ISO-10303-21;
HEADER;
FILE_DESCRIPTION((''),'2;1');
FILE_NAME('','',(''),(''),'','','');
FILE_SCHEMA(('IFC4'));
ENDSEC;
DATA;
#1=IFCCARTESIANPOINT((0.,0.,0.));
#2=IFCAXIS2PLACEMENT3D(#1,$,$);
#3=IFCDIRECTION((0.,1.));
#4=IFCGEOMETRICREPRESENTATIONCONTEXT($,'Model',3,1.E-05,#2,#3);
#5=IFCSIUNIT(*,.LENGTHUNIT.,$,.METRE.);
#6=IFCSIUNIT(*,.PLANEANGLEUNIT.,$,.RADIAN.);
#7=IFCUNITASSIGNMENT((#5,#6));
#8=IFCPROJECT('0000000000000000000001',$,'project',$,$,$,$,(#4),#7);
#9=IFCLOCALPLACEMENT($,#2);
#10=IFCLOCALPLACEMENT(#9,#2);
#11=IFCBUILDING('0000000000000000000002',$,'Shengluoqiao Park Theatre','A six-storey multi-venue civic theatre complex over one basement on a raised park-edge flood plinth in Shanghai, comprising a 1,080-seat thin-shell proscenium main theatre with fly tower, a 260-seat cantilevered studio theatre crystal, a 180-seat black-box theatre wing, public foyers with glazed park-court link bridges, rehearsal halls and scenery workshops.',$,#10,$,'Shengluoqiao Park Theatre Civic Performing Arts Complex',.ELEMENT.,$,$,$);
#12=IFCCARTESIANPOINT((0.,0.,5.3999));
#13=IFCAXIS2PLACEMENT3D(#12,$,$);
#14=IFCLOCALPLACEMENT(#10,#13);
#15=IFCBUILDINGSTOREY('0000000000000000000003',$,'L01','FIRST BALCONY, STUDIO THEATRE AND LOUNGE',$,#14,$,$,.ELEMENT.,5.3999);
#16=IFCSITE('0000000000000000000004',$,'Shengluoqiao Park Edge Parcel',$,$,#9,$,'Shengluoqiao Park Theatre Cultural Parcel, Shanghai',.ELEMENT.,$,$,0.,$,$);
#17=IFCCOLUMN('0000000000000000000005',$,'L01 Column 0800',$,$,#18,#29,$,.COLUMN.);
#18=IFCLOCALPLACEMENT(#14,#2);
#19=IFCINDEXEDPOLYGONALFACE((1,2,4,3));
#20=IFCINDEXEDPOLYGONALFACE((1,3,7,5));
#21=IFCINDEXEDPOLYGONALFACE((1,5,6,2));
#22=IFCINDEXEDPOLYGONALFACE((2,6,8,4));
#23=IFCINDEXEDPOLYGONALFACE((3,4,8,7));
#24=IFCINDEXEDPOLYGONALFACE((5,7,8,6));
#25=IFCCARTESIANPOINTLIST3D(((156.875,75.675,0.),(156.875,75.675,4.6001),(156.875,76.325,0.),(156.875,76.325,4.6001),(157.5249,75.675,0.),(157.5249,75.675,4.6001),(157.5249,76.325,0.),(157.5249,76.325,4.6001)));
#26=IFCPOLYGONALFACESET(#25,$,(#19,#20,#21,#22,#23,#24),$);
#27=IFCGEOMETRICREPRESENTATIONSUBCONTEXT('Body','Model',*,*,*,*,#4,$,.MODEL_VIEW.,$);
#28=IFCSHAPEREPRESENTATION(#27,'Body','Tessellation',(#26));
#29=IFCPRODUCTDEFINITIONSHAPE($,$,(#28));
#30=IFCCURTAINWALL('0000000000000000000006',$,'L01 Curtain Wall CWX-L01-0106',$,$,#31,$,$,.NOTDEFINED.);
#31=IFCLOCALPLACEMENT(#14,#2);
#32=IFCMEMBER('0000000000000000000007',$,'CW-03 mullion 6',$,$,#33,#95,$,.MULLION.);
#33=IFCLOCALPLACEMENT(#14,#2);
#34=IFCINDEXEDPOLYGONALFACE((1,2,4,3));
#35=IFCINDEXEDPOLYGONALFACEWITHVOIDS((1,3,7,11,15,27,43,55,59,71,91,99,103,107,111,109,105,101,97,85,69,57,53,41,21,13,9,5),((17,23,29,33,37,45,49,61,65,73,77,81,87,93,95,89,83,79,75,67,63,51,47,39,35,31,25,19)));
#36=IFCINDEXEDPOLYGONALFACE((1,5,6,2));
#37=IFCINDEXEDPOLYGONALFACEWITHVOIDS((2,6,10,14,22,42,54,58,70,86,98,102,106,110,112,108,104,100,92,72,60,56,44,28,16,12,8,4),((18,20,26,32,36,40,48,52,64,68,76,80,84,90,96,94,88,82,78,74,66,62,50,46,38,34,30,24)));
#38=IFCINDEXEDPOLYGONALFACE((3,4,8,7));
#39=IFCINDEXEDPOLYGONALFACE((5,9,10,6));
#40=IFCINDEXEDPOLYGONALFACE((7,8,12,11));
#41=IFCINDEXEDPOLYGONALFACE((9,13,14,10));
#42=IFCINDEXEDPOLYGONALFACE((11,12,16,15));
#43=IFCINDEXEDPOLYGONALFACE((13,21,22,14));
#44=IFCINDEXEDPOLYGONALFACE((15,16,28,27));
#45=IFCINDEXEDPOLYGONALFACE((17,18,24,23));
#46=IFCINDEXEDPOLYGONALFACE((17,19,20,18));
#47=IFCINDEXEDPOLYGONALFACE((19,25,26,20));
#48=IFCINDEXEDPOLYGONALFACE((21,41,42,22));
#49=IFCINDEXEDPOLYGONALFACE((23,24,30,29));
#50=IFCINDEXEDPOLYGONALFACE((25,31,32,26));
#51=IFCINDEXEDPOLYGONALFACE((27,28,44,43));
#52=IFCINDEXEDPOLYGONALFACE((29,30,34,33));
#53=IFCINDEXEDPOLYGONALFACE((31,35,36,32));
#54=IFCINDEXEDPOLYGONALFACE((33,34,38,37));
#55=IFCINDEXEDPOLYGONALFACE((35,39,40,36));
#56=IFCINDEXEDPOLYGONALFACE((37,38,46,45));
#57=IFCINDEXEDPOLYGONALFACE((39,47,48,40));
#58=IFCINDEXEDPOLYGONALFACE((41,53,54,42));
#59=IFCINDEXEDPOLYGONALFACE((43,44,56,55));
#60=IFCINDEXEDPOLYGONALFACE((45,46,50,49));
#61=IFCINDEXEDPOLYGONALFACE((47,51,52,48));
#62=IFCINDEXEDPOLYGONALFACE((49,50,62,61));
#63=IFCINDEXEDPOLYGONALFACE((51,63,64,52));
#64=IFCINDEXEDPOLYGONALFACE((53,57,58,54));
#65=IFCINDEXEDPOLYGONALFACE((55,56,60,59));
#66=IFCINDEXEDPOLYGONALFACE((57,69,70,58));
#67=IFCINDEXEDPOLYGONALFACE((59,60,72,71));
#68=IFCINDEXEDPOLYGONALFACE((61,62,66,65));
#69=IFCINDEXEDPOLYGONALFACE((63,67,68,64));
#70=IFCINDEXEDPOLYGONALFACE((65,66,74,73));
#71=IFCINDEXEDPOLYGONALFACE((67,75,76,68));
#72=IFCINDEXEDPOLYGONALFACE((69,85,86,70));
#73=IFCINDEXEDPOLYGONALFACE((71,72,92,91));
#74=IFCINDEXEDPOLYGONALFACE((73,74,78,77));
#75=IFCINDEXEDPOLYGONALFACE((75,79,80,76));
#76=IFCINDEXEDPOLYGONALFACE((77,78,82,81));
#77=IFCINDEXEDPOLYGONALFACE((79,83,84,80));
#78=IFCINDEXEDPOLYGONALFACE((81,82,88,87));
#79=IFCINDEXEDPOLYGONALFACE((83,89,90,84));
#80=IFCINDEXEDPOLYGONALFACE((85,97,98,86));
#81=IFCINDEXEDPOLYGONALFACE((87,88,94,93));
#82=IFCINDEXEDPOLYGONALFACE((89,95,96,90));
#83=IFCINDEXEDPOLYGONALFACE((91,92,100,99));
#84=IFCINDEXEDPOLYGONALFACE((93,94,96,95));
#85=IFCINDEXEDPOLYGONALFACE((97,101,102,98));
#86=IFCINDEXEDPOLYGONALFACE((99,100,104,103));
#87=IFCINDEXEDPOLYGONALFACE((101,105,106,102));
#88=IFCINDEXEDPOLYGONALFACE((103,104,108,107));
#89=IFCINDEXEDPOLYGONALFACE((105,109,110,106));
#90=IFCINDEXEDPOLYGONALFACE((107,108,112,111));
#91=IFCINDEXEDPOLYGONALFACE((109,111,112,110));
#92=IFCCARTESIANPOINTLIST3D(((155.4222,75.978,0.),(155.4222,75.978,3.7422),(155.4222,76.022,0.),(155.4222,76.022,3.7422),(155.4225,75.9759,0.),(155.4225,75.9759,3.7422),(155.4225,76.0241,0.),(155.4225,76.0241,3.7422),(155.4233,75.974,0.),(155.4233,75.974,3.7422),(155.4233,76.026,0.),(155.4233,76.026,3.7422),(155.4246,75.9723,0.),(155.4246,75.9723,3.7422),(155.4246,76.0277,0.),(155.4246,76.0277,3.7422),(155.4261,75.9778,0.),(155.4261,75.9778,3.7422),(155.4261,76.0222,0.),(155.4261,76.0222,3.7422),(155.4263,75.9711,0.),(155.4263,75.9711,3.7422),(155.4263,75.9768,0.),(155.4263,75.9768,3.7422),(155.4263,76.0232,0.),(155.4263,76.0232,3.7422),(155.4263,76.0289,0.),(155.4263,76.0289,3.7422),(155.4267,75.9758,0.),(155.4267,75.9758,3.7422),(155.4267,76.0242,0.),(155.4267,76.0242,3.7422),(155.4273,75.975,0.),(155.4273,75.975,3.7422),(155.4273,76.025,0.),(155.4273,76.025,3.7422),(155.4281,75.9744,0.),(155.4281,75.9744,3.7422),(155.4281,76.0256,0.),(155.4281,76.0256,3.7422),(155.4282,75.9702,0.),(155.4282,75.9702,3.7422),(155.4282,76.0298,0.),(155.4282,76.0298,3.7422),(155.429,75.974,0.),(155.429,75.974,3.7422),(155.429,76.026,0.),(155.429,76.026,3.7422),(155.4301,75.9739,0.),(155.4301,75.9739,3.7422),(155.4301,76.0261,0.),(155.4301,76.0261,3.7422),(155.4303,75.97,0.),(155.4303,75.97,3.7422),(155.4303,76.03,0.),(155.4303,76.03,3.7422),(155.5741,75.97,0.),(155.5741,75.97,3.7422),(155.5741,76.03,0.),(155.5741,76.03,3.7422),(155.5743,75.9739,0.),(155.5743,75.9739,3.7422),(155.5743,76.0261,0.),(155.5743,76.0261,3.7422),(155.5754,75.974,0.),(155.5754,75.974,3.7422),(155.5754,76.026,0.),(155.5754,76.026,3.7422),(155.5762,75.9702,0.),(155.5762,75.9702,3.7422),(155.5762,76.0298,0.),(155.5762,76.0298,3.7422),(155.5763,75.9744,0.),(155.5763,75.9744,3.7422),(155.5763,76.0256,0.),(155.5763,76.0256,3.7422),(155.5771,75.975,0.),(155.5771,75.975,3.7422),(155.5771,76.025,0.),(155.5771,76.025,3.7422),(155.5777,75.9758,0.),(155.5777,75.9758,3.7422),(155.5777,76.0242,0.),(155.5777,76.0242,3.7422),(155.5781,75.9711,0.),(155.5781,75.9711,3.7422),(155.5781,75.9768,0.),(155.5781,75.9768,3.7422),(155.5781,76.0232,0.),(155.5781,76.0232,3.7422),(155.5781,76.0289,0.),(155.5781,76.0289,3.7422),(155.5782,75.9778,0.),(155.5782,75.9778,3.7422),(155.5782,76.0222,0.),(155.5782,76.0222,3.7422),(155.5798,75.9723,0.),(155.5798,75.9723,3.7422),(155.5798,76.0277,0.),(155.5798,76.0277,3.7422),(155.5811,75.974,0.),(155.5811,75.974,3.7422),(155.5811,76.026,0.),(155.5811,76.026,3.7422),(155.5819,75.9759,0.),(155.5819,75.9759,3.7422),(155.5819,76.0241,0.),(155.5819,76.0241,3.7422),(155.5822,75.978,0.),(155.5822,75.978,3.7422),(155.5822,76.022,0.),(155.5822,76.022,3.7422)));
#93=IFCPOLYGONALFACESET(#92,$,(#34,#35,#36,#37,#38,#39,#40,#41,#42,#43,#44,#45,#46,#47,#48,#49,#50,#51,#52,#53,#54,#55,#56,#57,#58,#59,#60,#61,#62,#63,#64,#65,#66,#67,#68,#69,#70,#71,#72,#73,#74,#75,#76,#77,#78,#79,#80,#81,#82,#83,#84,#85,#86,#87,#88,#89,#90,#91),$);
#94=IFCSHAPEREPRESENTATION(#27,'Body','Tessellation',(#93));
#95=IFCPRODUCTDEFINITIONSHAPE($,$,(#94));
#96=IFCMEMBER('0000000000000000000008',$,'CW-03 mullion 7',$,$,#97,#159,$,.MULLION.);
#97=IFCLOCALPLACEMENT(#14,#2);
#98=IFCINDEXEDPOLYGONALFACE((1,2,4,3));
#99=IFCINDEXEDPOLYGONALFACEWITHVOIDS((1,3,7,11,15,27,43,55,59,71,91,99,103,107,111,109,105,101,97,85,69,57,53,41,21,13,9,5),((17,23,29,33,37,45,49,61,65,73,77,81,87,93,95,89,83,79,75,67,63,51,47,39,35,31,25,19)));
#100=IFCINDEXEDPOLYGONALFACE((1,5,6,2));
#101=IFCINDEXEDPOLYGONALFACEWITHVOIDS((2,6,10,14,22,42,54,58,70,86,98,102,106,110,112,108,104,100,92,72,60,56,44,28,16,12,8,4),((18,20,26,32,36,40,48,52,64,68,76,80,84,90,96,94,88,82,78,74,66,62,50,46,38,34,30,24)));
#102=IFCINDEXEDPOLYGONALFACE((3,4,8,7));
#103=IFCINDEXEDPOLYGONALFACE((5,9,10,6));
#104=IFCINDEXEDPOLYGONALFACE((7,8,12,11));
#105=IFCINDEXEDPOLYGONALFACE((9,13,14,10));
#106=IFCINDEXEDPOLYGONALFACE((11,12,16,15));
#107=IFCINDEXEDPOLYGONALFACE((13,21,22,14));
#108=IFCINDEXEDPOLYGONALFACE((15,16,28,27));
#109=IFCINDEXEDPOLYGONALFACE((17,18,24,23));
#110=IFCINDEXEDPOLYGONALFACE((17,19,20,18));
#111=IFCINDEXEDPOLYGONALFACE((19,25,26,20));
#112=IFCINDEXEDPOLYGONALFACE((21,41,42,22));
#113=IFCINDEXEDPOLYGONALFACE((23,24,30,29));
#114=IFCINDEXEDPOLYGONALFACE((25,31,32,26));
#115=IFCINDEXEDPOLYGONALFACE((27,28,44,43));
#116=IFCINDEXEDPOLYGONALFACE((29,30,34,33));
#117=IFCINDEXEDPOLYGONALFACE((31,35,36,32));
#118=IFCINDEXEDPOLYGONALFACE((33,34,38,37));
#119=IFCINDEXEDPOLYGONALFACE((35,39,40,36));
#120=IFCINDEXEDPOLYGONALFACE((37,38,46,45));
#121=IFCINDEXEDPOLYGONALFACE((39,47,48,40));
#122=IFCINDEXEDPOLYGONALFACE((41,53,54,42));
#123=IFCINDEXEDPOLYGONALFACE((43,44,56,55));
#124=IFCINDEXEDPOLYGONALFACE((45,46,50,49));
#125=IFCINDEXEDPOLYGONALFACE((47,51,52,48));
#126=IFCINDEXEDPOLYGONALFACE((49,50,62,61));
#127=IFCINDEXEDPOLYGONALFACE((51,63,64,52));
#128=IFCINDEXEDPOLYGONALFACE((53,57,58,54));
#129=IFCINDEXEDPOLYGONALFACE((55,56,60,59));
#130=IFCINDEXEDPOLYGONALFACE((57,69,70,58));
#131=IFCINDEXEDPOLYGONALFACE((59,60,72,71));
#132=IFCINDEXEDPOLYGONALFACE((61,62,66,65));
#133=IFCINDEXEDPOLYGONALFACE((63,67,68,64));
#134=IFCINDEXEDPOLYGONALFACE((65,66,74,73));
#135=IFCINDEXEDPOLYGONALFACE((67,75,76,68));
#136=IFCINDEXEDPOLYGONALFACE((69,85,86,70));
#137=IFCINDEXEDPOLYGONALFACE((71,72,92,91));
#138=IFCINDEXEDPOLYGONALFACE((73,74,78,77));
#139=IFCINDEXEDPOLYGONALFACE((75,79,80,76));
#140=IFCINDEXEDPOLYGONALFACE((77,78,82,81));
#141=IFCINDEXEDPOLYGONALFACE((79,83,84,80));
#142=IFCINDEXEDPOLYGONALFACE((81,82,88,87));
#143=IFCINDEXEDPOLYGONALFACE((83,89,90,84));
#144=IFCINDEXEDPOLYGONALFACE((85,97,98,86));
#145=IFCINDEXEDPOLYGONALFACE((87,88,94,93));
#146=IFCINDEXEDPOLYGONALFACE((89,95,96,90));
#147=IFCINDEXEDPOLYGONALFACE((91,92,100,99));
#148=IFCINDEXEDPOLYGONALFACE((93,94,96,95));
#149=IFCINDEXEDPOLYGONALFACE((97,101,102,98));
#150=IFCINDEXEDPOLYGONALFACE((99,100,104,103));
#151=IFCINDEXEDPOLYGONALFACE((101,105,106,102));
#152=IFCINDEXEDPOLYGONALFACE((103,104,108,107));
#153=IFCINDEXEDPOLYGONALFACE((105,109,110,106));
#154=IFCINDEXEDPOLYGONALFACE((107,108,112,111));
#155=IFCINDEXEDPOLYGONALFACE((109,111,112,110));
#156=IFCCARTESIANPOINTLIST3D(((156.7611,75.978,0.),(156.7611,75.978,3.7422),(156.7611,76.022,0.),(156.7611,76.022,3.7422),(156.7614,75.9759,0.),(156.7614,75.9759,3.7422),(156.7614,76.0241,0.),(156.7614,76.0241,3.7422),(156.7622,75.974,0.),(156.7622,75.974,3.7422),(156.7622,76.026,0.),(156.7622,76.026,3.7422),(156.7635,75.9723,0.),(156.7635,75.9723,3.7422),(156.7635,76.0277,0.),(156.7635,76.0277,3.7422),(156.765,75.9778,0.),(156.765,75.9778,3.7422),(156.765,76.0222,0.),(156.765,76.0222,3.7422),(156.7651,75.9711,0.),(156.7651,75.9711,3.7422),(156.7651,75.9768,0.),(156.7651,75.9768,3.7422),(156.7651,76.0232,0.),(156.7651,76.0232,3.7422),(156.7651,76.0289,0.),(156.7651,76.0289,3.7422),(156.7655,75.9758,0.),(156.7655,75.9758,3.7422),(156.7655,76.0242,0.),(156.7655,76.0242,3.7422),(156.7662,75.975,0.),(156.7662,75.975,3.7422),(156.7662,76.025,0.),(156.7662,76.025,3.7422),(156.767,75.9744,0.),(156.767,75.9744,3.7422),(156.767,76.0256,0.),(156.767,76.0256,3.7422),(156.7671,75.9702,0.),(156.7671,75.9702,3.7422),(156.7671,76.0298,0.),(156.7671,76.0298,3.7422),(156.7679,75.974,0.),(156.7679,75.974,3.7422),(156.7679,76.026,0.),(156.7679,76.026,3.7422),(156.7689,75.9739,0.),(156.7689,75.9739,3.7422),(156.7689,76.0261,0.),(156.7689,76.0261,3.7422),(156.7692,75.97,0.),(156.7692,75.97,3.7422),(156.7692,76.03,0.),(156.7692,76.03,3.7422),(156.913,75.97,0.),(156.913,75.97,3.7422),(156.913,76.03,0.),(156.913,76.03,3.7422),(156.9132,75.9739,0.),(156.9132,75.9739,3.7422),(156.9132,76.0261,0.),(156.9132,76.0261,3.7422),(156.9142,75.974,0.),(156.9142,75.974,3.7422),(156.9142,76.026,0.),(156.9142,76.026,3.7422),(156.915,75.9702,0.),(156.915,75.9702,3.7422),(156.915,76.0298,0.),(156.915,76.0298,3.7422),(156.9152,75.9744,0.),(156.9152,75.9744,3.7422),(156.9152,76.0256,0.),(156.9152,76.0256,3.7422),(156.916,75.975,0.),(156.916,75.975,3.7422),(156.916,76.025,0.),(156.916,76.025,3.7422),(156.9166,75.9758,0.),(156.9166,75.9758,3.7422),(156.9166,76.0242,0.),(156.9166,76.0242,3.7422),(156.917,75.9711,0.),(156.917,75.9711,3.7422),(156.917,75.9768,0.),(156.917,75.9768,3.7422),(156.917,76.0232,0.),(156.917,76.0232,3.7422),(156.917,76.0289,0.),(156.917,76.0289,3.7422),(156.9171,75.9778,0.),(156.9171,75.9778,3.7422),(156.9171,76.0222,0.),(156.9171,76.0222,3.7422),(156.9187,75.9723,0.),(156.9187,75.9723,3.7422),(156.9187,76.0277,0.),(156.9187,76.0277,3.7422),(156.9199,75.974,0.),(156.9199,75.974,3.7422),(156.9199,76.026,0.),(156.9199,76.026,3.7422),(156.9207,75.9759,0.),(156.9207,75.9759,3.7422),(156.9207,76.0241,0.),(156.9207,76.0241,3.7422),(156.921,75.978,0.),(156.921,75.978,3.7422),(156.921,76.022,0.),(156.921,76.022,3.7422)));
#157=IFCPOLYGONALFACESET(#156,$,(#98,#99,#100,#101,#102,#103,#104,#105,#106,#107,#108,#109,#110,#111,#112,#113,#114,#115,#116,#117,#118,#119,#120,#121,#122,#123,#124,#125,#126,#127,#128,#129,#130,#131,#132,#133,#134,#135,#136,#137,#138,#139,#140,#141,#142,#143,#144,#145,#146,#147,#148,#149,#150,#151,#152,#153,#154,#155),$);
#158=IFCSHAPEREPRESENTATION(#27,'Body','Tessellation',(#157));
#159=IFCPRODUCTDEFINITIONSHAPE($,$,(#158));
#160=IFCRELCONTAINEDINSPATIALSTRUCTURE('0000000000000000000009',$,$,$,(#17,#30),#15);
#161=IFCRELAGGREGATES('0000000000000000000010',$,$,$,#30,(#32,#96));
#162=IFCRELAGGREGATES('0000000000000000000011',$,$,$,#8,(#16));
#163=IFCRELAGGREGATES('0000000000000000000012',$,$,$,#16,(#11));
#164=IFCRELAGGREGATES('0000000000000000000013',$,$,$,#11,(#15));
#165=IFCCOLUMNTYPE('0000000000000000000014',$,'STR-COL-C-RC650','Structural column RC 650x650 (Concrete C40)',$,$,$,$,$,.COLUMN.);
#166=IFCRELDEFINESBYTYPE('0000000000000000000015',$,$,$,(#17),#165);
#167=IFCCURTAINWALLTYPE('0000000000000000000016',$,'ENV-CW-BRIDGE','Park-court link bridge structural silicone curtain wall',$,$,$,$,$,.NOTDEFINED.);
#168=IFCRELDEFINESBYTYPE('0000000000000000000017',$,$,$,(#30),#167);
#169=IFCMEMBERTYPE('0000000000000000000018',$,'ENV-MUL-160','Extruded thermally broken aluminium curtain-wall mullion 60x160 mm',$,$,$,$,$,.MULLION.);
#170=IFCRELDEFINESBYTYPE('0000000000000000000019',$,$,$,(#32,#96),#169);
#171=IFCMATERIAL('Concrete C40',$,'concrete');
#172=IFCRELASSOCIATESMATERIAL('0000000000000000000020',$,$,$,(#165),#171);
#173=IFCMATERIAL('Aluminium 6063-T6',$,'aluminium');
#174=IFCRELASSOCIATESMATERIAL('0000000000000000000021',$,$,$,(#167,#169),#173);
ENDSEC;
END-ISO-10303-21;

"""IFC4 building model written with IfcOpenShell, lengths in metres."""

from ifc_helpers import new_model, si_unit, direction, frame, origin, origin_2d, place, context, subcontext, project, spatial, rectangle, hollow_rectangle, extrude, material, material_profile, profile_set, type_object, element, aggregate, save


model = new_model("IFC4")

# Units and contexts
model_context = context("Model", 3, precision=1e-05, world=origin(), true_north=direction((0.0, 1.0)))
body_context = subcontext(model_context, "Body", "Model", "MODEL_VIEW")
ifc_project = project(units=[si_unit("LENGTHUNIT", "METRE"), si_unit("PLANEANGLEUNIT", "RADIAN")], contexts=[model_context])

# Site, building, storey
site_placement = place(None, origin())
site = spatial("IfcSite", under=ifc_project, at=site_placement, Name="Shengluoqiao Park Edge Parcel", LongName="Shengluoqiao Park Theatre Cultural Parcel, Shanghai", CompositionType="ELEMENT", RefElevation=0.0)
building_placement = place(site_placement, origin())
building = spatial("IfcBuilding", under=site, at=building_placement, Name="Shengluoqiao Park Theatre", Description="A six-storey multi-venue civic theatre complex over one basement on a raised park-edge flood plinth in Shanghai, comprising a 1,080-seat thin-shell proscenium main theatre with fly tower, a 260-seat cantilevered studio theatre crystal, a 180-seat black-box theatre wing, public foyers with glazed park-court link bridges, rehearsal halls and scenery workshops.", LongName="Shengluoqiao Park Theatre Civic Performing Arts Complex", CompositionType="ELEMENT")
storey_placement = place(building_placement, frame((0.0, 0.0, 5.3999)))
storey = spatial("IfcBuildingStorey", under=building, at=storey_placement, Name="L01", Description="FIRST BALCONY, STUDIO THEATRE AND LOUNGE", CompositionType="ELEMENT", Elevation=5.3999)

# Column
ifc_material_1 = material(Name="Concrete C40", Category="concrete")
ifc_material_profile_1 = material_profile(ifc_material_1, rectangle(XDim=0.6499, YDim=0.6499, at=origin_2d()), Name="RC 650x650")
ifc_profile_set_1 = profile_set([ifc_material_profile_1], Name="Concrete C40")
column_type = type_object("IfcColumnType", Name="STR-COL-C-RC650", Description="Structural column RC 650x650 (Concrete C40)", PredefinedType="COLUMN", material=ifc_profile_set_1)
column_placement = place(storey_placement, frame((157.2, 76.0, 0.0), z_axis=(0.0, 0.0, 1.0), x_axis=(1.0, 0.0, 0.0)))
element("IfcColumn", 1, at=column_placement, inside=storey, type_object=column_type, Name="L01 Column 0800", PredefinedType="COLUMN", context=body_context, shape_type="SweptSolid", body=[
    extrude(rectangle(XDim=0.6499, YDim=0.6499, at=origin_2d()), origin(), (0.0, 0.0, 1.0), 4.6001),
])

# Curtain wall, members
ifc_material_2 = material(Name="Aluminium 6063-T6", Category="aluminium")
curtain_wall_type_1 = type_object("IfcCurtainWallType", Name="ENV-CW-BRIDGE", Description="Park-court link bridge structural silicone curtain wall", PredefinedType="NOTDEFINED", material=ifc_material_2)
curtain_wall_1_placement = place(storey_placement, origin())
curtain_wall_1 = element("IfcCurtainWall", 2, at=curtain_wall_1_placement, inside=storey, type_object=curtain_wall_type_1, Name="L01 Curtain Wall CWX-L01-0106", PredefinedType="NOTDEFINED")
ifc_material_profile_2 = material_profile(ifc_material_2, hollow_rectangle(XDim=0.0601, YDim=0.1599, WallThickness=0.0039, InnerFilletRadius=0.0039, OuterFilletRadius=0.0081, at=origin_2d()), Name="ALU MULLION 160x60x4")
ifc_profile_set_2 = profile_set([ifc_material_profile_2], Name="Aluminium 6063-T6")
member_type_1 = type_object("IfcMemberType", Name="ENV-MUL-160", Description="Extruded thermally broken aluminium curtain-wall mullion 60x160 mm", PredefinedType="MULLION", material=ifc_profile_set_2)
member_1_placement = place(storey_placement, frame((155.5022, 76.0, 0.0), z_axis=(0.0, 0.0, 1.0), x_axis=(0.0, 1.0, 0.0)))
member_1 = element("IfcMember", 3, at=member_1_placement, type_object=member_type_1, Name="CW-03 mullion 6", PredefinedType="MULLION", context=body_context, shape_type="SweptSolid", body=[
    extrude(hollow_rectangle(XDim=0.0601, YDim=0.1599, WallThickness=0.0039, InnerFilletRadius=0.0039, OuterFilletRadius=0.0081, at=origin_2d()), origin(), (0.0, 0.0, 1.0), 3.7422),
])
member_2_placement = place(storey_placement, frame((156.8411, 76.0, 0.0), z_axis=(0.0, 0.0, 1.0), x_axis=(0.0, 1.0, 0.0)))
member_2 = element("IfcMember", 4, at=member_2_placement, type_object=member_type_1, Name="CW-03 mullion 7", PredefinedType="MULLION", context=body_context, shape_type="SweptSolid", body=[
    extrude(hollow_rectangle(XDim=0.0601, YDim=0.1599, WallThickness=0.0039, InnerFilletRadius=0.0039, OuterFilletRadius=0.0081, at=origin_2d()), origin(), (0.0, 0.0, 1.0), 3.7422),
])

aggregate(curtain_wall_1, [member_1, member_2])

save(model, "model.ifc")
